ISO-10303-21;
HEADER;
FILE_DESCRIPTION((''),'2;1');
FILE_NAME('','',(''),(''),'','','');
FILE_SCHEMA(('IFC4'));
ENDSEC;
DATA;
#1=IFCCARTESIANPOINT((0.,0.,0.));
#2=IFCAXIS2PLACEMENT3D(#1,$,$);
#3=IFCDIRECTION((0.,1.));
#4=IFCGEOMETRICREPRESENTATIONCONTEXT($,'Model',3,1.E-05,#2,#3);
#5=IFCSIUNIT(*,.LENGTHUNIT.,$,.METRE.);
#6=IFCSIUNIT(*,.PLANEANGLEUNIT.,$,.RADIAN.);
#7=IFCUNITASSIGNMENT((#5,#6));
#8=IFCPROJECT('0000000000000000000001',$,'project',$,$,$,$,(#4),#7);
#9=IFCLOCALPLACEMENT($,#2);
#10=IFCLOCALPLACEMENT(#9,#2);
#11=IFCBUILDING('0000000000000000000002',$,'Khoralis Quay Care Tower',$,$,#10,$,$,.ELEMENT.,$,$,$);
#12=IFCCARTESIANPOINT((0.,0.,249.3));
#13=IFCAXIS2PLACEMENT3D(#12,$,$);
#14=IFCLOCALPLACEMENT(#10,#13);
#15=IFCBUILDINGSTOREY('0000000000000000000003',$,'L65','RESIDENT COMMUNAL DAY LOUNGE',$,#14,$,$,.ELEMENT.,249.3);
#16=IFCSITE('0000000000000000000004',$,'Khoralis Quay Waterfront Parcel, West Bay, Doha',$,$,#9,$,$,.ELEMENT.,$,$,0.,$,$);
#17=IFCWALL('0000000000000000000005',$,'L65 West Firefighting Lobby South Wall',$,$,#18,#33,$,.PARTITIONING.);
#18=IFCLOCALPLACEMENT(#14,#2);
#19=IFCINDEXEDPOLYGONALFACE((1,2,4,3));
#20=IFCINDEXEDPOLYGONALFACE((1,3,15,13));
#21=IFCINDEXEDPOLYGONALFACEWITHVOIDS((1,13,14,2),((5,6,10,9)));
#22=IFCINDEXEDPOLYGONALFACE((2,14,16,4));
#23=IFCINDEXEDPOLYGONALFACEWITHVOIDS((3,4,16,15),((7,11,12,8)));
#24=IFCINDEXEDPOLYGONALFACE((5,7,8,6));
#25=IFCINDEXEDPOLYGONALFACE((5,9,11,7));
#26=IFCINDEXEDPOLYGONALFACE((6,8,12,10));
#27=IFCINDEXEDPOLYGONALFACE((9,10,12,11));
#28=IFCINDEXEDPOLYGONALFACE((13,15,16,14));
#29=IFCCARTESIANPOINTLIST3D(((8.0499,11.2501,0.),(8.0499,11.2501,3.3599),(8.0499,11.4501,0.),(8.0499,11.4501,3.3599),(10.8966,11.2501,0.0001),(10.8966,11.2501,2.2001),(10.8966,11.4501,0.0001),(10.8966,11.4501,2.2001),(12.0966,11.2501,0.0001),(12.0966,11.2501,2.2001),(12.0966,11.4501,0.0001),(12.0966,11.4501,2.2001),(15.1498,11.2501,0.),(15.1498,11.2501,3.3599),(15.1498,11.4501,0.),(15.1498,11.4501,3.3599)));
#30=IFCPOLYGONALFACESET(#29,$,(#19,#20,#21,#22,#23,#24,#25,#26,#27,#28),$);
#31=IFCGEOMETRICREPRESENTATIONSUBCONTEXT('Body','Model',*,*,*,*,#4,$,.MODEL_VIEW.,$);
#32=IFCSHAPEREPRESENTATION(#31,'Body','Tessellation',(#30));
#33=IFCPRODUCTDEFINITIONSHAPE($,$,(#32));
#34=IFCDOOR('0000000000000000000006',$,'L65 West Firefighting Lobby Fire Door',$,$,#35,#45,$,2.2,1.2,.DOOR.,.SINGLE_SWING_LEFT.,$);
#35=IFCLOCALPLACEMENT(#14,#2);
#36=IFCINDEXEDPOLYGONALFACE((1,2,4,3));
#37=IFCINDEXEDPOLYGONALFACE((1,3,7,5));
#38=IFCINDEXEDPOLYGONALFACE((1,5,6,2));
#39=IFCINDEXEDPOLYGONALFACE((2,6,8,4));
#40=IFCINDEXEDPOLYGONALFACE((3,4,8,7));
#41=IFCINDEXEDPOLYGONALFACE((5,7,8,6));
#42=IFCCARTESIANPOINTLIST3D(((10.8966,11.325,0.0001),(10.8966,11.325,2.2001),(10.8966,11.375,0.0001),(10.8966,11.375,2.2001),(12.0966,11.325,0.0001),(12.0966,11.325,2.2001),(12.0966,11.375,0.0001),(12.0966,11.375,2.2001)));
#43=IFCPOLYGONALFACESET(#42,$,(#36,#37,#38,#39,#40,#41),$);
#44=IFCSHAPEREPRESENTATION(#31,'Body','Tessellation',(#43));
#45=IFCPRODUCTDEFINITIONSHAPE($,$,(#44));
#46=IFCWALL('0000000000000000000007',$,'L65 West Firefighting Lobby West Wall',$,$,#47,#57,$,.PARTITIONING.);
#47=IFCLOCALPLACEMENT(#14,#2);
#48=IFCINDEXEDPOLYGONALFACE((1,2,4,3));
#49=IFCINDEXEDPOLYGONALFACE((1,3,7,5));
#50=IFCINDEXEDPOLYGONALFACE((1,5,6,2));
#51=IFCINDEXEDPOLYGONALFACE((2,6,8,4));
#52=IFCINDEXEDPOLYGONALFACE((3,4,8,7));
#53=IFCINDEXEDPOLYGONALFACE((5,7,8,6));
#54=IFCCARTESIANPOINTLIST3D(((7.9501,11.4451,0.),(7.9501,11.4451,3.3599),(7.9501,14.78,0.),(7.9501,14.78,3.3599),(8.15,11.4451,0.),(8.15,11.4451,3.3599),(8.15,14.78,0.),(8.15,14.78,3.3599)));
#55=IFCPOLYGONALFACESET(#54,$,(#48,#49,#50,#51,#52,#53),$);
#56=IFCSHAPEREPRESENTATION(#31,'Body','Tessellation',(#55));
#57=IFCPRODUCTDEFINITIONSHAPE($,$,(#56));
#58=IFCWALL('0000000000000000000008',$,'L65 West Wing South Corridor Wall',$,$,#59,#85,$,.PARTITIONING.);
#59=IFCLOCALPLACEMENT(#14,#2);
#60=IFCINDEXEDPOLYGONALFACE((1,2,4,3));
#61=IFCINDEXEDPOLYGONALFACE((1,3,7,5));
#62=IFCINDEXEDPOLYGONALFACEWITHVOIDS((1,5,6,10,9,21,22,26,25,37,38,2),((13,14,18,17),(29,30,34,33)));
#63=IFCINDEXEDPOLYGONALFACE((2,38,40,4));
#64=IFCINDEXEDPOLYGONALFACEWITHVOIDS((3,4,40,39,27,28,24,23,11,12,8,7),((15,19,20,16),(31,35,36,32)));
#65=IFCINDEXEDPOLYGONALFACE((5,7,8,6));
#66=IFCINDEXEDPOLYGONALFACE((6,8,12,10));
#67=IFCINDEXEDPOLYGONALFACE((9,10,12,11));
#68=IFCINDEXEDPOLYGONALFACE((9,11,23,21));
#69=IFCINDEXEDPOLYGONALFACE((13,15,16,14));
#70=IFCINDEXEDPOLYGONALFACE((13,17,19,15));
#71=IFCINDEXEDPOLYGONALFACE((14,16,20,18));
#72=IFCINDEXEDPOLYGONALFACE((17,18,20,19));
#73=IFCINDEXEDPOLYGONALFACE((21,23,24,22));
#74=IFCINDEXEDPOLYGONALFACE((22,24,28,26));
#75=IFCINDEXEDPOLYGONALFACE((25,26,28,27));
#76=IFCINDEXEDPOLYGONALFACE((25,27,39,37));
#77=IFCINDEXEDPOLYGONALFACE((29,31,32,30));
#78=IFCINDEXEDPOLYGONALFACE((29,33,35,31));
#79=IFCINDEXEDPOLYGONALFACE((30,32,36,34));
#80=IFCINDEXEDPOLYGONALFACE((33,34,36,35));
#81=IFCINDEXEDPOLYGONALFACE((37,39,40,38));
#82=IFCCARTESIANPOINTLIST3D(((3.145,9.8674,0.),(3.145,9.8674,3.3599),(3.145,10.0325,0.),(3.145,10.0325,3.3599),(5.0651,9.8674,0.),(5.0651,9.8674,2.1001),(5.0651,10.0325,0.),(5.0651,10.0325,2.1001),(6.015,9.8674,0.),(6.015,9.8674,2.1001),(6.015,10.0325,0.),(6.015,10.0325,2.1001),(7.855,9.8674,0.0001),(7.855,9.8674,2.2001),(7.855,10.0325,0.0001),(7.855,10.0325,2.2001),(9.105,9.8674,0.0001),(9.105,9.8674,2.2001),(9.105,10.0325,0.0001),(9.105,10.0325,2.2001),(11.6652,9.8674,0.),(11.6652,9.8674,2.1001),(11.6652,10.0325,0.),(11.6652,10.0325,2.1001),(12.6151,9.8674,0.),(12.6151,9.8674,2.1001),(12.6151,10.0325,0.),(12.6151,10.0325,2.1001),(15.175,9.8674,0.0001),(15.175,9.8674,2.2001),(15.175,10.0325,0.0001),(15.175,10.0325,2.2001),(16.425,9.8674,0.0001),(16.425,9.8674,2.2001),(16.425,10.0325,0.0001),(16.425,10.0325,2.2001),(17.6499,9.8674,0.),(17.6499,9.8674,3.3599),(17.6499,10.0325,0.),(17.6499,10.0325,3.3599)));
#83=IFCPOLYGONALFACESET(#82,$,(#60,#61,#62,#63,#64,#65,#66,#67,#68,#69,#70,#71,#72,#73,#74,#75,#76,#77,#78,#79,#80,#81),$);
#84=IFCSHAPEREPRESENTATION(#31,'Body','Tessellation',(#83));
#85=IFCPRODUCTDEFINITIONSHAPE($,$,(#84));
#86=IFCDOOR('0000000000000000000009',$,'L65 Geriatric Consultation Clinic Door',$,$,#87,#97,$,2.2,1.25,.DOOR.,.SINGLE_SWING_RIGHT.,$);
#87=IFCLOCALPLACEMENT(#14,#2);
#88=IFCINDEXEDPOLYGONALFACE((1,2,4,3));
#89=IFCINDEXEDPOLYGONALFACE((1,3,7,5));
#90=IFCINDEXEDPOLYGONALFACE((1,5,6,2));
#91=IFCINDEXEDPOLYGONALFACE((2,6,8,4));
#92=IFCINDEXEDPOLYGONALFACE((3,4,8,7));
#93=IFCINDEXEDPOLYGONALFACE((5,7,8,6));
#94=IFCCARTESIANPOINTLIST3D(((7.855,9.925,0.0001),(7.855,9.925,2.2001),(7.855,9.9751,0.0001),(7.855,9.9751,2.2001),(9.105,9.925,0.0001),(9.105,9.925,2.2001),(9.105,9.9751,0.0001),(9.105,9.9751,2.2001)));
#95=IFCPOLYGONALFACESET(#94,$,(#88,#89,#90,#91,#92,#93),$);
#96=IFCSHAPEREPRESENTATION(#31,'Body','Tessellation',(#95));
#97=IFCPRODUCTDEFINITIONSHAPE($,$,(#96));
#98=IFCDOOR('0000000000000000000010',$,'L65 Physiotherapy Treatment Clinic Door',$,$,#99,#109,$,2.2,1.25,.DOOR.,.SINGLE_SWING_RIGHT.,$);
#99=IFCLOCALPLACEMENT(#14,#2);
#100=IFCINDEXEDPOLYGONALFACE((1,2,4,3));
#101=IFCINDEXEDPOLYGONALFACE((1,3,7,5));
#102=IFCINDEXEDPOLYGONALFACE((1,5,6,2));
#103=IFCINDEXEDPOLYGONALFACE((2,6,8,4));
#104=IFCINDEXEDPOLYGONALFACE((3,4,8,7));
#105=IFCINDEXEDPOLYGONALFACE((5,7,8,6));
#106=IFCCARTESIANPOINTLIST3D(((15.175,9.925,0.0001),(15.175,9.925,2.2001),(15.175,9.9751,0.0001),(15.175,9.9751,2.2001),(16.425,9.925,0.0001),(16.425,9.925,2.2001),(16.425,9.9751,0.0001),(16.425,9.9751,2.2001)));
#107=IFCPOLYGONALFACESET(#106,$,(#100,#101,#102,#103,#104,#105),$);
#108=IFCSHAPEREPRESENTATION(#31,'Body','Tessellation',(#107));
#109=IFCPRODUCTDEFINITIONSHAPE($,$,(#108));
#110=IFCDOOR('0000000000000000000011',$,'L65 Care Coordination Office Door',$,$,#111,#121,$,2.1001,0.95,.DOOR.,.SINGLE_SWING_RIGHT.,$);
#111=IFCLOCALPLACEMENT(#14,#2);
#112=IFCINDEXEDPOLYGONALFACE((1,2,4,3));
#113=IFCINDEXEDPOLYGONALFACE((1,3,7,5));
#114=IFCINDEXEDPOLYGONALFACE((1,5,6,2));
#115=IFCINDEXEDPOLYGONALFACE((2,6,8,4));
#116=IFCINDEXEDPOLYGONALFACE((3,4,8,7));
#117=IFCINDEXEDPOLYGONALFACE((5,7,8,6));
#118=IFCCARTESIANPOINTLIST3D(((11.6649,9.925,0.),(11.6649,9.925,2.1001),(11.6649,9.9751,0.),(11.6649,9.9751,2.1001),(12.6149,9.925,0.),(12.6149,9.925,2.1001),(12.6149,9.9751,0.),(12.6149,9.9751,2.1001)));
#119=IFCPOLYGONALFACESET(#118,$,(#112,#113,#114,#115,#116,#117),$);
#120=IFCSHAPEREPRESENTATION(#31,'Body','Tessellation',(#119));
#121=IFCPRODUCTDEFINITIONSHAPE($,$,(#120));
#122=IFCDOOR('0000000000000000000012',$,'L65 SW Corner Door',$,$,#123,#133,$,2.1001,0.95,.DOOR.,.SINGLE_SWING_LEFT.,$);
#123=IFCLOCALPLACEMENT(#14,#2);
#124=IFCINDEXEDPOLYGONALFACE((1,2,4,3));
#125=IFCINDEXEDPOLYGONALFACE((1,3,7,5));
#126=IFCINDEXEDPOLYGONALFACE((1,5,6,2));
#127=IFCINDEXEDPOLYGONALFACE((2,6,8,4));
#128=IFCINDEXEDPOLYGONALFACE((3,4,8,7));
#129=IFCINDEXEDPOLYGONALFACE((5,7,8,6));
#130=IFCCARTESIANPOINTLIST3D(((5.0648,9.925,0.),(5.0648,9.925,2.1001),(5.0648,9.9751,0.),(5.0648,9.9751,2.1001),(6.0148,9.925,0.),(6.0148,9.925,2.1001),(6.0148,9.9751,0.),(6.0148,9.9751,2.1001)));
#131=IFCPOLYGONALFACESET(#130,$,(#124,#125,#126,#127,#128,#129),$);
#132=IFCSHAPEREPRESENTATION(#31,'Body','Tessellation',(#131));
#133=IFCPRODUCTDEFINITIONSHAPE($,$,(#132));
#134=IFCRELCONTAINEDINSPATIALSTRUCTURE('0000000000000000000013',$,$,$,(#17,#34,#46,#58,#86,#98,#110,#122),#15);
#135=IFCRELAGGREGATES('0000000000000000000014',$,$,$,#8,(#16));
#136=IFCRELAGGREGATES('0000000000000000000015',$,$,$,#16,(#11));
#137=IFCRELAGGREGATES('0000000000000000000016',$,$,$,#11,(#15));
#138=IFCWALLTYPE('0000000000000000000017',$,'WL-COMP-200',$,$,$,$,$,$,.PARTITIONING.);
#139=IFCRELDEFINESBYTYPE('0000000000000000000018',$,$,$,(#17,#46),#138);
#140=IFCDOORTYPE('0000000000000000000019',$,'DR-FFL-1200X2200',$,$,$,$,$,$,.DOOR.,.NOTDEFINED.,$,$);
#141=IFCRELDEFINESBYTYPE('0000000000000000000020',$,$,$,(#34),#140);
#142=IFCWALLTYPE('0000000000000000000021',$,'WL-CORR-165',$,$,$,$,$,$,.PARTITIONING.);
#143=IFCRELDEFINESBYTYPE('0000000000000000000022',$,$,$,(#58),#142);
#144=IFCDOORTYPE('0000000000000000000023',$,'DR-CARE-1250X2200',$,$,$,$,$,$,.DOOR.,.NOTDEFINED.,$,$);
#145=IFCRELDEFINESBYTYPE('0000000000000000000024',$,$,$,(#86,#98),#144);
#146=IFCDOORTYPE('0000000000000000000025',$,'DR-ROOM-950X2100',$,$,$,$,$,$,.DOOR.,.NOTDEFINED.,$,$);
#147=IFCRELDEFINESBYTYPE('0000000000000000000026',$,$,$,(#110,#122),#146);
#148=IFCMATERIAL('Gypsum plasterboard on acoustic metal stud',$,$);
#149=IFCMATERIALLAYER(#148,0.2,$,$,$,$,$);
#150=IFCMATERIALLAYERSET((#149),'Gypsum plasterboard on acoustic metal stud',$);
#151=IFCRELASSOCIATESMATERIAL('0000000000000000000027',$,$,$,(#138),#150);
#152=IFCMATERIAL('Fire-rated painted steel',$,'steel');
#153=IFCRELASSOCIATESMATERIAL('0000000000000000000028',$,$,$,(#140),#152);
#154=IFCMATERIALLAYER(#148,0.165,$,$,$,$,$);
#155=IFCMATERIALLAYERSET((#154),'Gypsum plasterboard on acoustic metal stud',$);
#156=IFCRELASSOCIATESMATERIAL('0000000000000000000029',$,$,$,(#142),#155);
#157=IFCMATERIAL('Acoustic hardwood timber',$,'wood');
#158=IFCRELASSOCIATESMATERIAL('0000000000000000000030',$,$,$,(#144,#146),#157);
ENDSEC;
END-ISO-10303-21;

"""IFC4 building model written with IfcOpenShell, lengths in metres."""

from ifc_helpers import new_model, si_unit, direction, frame, frame_2d, origin, place, context, subcontext, project, spatial, rectangle, extrude, source, transform, mapped, material, layer, layer_set, type_object, element, fill, save


model = new_model("IFC4")

# Units and contexts
model_context = context("Model", 3, precision=1e-05, world=origin(), true_north=direction((0.0, 1.0)))
body_context = subcontext(model_context, "Body", "Model", "MODEL_VIEW")
ifc_project = project(units=[si_unit("LENGTHUNIT", "METRE"), si_unit("PLANEANGLEUNIT", "RADIAN")], contexts=[model_context])

# Site, building, storey
site_placement = place(None, origin())
site = spatial("IfcSite", under=ifc_project, at=site_placement, Name="Khoralis Quay Waterfront Parcel, West Bay, Doha", CompositionType="ELEMENT", RefElevation=0.0)
building_placement = place(site_placement, origin())
building = spatial("IfcBuilding", under=site, at=building_placement, Name="Khoralis Quay Care Tower", CompositionType="ELEMENT")
storey_placement = place(building_placement, frame((0.0, 0.0, 249.3)))
storey = spatial("IfcBuildingStorey", under=building, at=storey_placement, Name="L65", Description="RESIDENT COMMUNAL DAY LOUNGE", CompositionType="ELEMENT", Elevation=249.3)

# Wall, opening, door
ifc_material_1 = material(Name="Gypsum plasterboard on acoustic metal stud")
ifc_layer_1 = layer(ifc_material_1, 0.2)
ifc_layer_set_1 = layer_set([ifc_layer_1], Name="Gypsum plasterboard on acoustic metal stud")
wall_type_1 = type_object("IfcWallType", Name="WL-COMP-200", PredefinedType="PARTITIONING", material=ifc_layer_set_1)
wall_1_placement = place(storey_placement, frame((8.05, 11.3501, 0.0), z_axis=(0.0, 0.0, 1.0), x_axis=(1.0, 0.0, 0.0)))
wall_1 = element("IfcWall", 1, at=wall_1_placement, inside=storey, type_object=wall_type_1, Name="L65 West Firefighting Lobby South Wall", PredefinedType="PARTITIONING", context=body_context, shape_type="SweptSolid", body=[
    extrude(rectangle(XDim=7.0999, YDim=0.2, at=frame_2d((3.5498, 0.0))), origin(), (0.0, 0.0, 1.0), 3.3599),
])
opening_1_placement = place(wall_1_placement, frame((2.8464, 0.0, 0.0)))
opening_1 = element("IfcOpeningElement", 2, at=opening_1_placement, cuts=wall_1, PredefinedType="OPENING", context=body_context, shape_type="SweptSolid", body=[
    extrude(rectangle(XDim=1.2, YDim=2.2, at=frame_2d((0.6001, 1.1001))), frame((0.0, 0.1099, 0.0), z_axis=(0.0, -1.0, 0.0), x_axis=(1.0, 0.0, 0.0)), (0.0, 0.0, 1.0), 0.22),
])
ifc_material_2 = material(Name="Fire-rated painted steel", Category="steel")
door_type_1 = type_object("IfcDoorType", Name="DR-FFL-1200X2200", OperationType="NOTDEFINED", PredefinedType="DOOR", material=ifc_material_2)
shared_shape_1 = source(origin(), body_context, "Body", "SweptSolid", [
    extrude(rectangle(XDim=1.2, YDim=2.2, at=frame_2d((0.6001, 1.1001))), frame((0.0, 0.0249, 0.0), z_axis=(0.0, -1.0, 0.0), x_axis=(1.0, 0.0, 0.0)), (0.0, 0.0, 1.0), 0.05),
])
door_1_placement = place(opening_1_placement, origin())
door_1 = element("IfcDoor", 3, at=door_1_placement, inside=storey, type_object=door_type_1, Name="L65 West Firefighting Lobby Fire Door", OperationType="SINGLE_SWING_LEFT", OverallHeight=2.2, OverallWidth=1.2, PredefinedType="DOOR", context=body_context, shape_type="MappedRepresentation", body=[
    mapped(shared_shape_1, transform((0.0, 0.0, 0.0), scale=1.0)),
])
fill(opening_1, door_1)

# Wall
wall_2_placement = place(storey_placement, frame((8.05, 11.4451, 0.0), z_axis=(0.0, 0.0, 1.0), x_axis=(0.0, 1.0, 0.0)))
element("IfcWall", 4, at=wall_2_placement, inside=storey, type_object=wall_type_1, Name="L65 West Firefighting Lobby West Wall", PredefinedType="PARTITIONING", context=body_context, shape_type="SweptSolid", body=[
    extrude(rectangle(XDim=3.335, YDim=0.2, at=frame_2d((1.6675, 0.0))), origin(), (0.0, 0.0, 1.0), 3.3599),
])

# Wall, openings, doors
ifc_layer_2 = layer(ifc_material_1, 0.165)
ifc_layer_set_2 = layer_set([ifc_layer_2], Name="Gypsum plasterboard on acoustic metal stud")
wall_type_2 = type_object("IfcWallType", Name="WL-CORR-165", PredefinedType="PARTITIONING", material=ifc_layer_set_2)
wall_3_placement = place(storey_placement, frame((3.145, 9.95, 0.0), z_axis=(0.0, 0.0, 1.0), x_axis=(1.0, 0.0, 0.0)))
wall_3 = element("IfcWall", 5, at=wall_3_placement, inside=storey, type_object=wall_type_2, Name="L65 West Wing South Corridor Wall", PredefinedType="PARTITIONING", context=body_context, shape_type="SweptSolid", body=[
    extrude(rectangle(XDim=14.5049, YDim=0.165, at=frame_2d((7.2524, 0.0))), origin(), (0.0, 0.0, 1.0), 3.3599),
])
opening_2_placement = place(wall_3_placement, frame((4.71, 0.0, 0.0)))
opening_2 = element("IfcOpeningElement", 6, at=opening_2_placement, cuts=wall_3, PredefinedType="OPENING", context=body_context, shape_type="SweptSolid", body=[
    extrude(rectangle(XDim=1.25, YDim=2.2, at=frame_2d((0.625, 1.1001))), frame((0.0, 0.0925, 0.0), z_axis=(0.0, -1.0, 0.0), x_axis=(1.0, 0.0, 0.0)), (0.0, 0.0, 1.0), 0.1851),
])
opening_3_placement = place(wall_3_placement, frame((8.52, 0.0, 0.0)))
opening_3 = element("IfcOpeningElement", 7, at=opening_3_placement, cuts=wall_3, PredefinedType="OPENING", context=body_context, shape_type="SweptSolid", body=[
    extrude(rectangle(XDim=0.95, YDim=2.1001, at=frame_2d((0.4751, 1.05))), frame((0.0, 0.0925, 0.0), z_axis=(0.0, -1.0, 0.0), x_axis=(1.0, 0.0, 0.0)), (0.0, 0.0, 1.0), 0.1851),
])
opening_4_placement = place(wall_3_placement, frame((12.03, 0.0, 0.0)))
opening_4 = element("IfcOpeningElement", 8, at=opening_4_placement, cuts=wall_3, PredefinedType="OPENING", context=body_context, shape_type="SweptSolid", body=[
    extrude(rectangle(XDim=1.25, YDim=2.2, at=frame_2d((0.625, 1.1001))), frame((0.0, 0.0925, 0.0), z_axis=(0.0, -1.0, 0.0), x_axis=(1.0, 0.0, 0.0)), (0.0, 0.0, 1.0), 0.1851),
])
opening_5_placement = place(wall_3_placement, frame((1.9199, 0.0, 0.0)))
opening_5 = element("IfcOpeningElement", 9, at=opening_5_placement, cuts=wall_3, PredefinedType="OPENING", context=body_context, shape_type="SweptSolid", body=[
    extrude(rectangle(XDim=0.95, YDim=2.1001, at=frame_2d((0.4751, 1.05))), frame((0.0, 0.0925, 0.0), z_axis=(0.0, -1.0, 0.0), x_axis=(1.0, 0.0, 0.0)), (0.0, 0.0, 1.0), 0.1851),
])
ifc_material_3 = material(Name="Acoustic hardwood timber", Category="wood")
door_type_2 = type_object("IfcDoorType", Name="DR-CARE-1250X2200", OperationType="NOTDEFINED", PredefinedType="DOOR", material=ifc_material_3)
shared_shape_2 = source(origin(), body_context, "Body", "SweptSolid", [
    extrude(rectangle(XDim=1.25, YDim=2.2, at=frame_2d((0.625, 1.1001))), frame((0.0, 0.0249, 0.0), z_axis=(0.0, -1.0, 0.0), x_axis=(1.0, 0.0, 0.0)), (0.0, 0.0, 1.0), 0.05),
])
door_2_placement = place(opening_2_placement, frame((1.25, 0.0, 0.0), z_axis=(0.0, 0.0, 1.0), x_axis=(-1.0, 0.0, 0.0)))
door_2 = element("IfcDoor", 10, at=door_2_placement, inside=storey, type_object=door_type_2, Name="L65 Geriatric Consultation Clinic Door", OperationType="SINGLE_SWING_RIGHT", OverallHeight=2.2, OverallWidth=1.25, PredefinedType="DOOR", context=body_context, shape_type="MappedRepresentation", body=[
    mapped(shared_shape_2, transform((0.0, 0.0, 0.0), scale=1.0)),
])
fill(opening_2, door_2)
door_3_placement = place(opening_4_placement, frame((1.25, 0.0, 0.0), z_axis=(0.0, 0.0, 1.0), x_axis=(-1.0, 0.0, 0.0)))
door_3 = element("IfcDoor", 11, at=door_3_placement, inside=storey, type_object=door_type_2, Name="L65 Physiotherapy Treatment Clinic Door", OperationType="SINGLE_SWING_RIGHT", OverallHeight=2.2, OverallWidth=1.25, PredefinedType="DOOR", context=body_context, shape_type="MappedRepresentation", body=[
    mapped(shared_shape_2, transform((0.0, 0.0, 0.0), scale=1.0)),
])
fill(opening_4, door_3)
door_type_3 = type_object("IfcDoorType", Name="DR-ROOM-950X2100", OperationType="NOTDEFINED", PredefinedType="DOOR", material=ifc_material_3)
shared_shape_3 = source(origin(), body_context, "Body", "SweptSolid", [
    extrude(rectangle(XDim=0.95, YDim=2.1001, at=frame_2d((0.4751, 1.05))), frame((0.0, 0.0249, 0.0), z_axis=(0.0, -1.0, 0.0), x_axis=(1.0, 0.0, 0.0)), (0.0, 0.0, 1.0), 0.05),
])
door_4_placement = place(opening_3_placement, frame((0.95, 0.0, 0.0), z_axis=(0.0, 0.0, 1.0), x_axis=(-1.0, 0.0, 0.0)))
door_4 = element("IfcDoor", 12, at=door_4_placement, inside=storey, type_object=door_type_3, Name="L65 Care Coordination Office Door", OperationType="SINGLE_SWING_RIGHT", OverallHeight=2.1001, OverallWidth=0.95, PredefinedType="DOOR", context=body_context, shape_type="MappedRepresentation", body=[
    mapped(shared_shape_3, transform((0.0, 0.0, 0.0), scale=1.0)),
])
fill(opening_3, door_4)
door_5_placement = place(opening_5_placement, frame((0.95, 0.0, 0.0), z_axis=(0.0, 0.0, 1.0), x_axis=(-1.0, 0.0, 0.0)))
door_5 = element("IfcDoor", 13, at=door_5_placement, inside=storey, type_object=door_type_3, Name="L65 SW Corner Door", OperationType="SINGLE_SWING_LEFT", OverallHeight=2.1001, OverallWidth=0.95, PredefinedType="DOOR", context=body_context, shape_type="MappedRepresentation", body=[
    mapped(shared_shape_3, transform((0.0, 0.0, 0.0), scale=1.0)),
])
fill(opening_5, door_5)

save(model, "model.ifc")
